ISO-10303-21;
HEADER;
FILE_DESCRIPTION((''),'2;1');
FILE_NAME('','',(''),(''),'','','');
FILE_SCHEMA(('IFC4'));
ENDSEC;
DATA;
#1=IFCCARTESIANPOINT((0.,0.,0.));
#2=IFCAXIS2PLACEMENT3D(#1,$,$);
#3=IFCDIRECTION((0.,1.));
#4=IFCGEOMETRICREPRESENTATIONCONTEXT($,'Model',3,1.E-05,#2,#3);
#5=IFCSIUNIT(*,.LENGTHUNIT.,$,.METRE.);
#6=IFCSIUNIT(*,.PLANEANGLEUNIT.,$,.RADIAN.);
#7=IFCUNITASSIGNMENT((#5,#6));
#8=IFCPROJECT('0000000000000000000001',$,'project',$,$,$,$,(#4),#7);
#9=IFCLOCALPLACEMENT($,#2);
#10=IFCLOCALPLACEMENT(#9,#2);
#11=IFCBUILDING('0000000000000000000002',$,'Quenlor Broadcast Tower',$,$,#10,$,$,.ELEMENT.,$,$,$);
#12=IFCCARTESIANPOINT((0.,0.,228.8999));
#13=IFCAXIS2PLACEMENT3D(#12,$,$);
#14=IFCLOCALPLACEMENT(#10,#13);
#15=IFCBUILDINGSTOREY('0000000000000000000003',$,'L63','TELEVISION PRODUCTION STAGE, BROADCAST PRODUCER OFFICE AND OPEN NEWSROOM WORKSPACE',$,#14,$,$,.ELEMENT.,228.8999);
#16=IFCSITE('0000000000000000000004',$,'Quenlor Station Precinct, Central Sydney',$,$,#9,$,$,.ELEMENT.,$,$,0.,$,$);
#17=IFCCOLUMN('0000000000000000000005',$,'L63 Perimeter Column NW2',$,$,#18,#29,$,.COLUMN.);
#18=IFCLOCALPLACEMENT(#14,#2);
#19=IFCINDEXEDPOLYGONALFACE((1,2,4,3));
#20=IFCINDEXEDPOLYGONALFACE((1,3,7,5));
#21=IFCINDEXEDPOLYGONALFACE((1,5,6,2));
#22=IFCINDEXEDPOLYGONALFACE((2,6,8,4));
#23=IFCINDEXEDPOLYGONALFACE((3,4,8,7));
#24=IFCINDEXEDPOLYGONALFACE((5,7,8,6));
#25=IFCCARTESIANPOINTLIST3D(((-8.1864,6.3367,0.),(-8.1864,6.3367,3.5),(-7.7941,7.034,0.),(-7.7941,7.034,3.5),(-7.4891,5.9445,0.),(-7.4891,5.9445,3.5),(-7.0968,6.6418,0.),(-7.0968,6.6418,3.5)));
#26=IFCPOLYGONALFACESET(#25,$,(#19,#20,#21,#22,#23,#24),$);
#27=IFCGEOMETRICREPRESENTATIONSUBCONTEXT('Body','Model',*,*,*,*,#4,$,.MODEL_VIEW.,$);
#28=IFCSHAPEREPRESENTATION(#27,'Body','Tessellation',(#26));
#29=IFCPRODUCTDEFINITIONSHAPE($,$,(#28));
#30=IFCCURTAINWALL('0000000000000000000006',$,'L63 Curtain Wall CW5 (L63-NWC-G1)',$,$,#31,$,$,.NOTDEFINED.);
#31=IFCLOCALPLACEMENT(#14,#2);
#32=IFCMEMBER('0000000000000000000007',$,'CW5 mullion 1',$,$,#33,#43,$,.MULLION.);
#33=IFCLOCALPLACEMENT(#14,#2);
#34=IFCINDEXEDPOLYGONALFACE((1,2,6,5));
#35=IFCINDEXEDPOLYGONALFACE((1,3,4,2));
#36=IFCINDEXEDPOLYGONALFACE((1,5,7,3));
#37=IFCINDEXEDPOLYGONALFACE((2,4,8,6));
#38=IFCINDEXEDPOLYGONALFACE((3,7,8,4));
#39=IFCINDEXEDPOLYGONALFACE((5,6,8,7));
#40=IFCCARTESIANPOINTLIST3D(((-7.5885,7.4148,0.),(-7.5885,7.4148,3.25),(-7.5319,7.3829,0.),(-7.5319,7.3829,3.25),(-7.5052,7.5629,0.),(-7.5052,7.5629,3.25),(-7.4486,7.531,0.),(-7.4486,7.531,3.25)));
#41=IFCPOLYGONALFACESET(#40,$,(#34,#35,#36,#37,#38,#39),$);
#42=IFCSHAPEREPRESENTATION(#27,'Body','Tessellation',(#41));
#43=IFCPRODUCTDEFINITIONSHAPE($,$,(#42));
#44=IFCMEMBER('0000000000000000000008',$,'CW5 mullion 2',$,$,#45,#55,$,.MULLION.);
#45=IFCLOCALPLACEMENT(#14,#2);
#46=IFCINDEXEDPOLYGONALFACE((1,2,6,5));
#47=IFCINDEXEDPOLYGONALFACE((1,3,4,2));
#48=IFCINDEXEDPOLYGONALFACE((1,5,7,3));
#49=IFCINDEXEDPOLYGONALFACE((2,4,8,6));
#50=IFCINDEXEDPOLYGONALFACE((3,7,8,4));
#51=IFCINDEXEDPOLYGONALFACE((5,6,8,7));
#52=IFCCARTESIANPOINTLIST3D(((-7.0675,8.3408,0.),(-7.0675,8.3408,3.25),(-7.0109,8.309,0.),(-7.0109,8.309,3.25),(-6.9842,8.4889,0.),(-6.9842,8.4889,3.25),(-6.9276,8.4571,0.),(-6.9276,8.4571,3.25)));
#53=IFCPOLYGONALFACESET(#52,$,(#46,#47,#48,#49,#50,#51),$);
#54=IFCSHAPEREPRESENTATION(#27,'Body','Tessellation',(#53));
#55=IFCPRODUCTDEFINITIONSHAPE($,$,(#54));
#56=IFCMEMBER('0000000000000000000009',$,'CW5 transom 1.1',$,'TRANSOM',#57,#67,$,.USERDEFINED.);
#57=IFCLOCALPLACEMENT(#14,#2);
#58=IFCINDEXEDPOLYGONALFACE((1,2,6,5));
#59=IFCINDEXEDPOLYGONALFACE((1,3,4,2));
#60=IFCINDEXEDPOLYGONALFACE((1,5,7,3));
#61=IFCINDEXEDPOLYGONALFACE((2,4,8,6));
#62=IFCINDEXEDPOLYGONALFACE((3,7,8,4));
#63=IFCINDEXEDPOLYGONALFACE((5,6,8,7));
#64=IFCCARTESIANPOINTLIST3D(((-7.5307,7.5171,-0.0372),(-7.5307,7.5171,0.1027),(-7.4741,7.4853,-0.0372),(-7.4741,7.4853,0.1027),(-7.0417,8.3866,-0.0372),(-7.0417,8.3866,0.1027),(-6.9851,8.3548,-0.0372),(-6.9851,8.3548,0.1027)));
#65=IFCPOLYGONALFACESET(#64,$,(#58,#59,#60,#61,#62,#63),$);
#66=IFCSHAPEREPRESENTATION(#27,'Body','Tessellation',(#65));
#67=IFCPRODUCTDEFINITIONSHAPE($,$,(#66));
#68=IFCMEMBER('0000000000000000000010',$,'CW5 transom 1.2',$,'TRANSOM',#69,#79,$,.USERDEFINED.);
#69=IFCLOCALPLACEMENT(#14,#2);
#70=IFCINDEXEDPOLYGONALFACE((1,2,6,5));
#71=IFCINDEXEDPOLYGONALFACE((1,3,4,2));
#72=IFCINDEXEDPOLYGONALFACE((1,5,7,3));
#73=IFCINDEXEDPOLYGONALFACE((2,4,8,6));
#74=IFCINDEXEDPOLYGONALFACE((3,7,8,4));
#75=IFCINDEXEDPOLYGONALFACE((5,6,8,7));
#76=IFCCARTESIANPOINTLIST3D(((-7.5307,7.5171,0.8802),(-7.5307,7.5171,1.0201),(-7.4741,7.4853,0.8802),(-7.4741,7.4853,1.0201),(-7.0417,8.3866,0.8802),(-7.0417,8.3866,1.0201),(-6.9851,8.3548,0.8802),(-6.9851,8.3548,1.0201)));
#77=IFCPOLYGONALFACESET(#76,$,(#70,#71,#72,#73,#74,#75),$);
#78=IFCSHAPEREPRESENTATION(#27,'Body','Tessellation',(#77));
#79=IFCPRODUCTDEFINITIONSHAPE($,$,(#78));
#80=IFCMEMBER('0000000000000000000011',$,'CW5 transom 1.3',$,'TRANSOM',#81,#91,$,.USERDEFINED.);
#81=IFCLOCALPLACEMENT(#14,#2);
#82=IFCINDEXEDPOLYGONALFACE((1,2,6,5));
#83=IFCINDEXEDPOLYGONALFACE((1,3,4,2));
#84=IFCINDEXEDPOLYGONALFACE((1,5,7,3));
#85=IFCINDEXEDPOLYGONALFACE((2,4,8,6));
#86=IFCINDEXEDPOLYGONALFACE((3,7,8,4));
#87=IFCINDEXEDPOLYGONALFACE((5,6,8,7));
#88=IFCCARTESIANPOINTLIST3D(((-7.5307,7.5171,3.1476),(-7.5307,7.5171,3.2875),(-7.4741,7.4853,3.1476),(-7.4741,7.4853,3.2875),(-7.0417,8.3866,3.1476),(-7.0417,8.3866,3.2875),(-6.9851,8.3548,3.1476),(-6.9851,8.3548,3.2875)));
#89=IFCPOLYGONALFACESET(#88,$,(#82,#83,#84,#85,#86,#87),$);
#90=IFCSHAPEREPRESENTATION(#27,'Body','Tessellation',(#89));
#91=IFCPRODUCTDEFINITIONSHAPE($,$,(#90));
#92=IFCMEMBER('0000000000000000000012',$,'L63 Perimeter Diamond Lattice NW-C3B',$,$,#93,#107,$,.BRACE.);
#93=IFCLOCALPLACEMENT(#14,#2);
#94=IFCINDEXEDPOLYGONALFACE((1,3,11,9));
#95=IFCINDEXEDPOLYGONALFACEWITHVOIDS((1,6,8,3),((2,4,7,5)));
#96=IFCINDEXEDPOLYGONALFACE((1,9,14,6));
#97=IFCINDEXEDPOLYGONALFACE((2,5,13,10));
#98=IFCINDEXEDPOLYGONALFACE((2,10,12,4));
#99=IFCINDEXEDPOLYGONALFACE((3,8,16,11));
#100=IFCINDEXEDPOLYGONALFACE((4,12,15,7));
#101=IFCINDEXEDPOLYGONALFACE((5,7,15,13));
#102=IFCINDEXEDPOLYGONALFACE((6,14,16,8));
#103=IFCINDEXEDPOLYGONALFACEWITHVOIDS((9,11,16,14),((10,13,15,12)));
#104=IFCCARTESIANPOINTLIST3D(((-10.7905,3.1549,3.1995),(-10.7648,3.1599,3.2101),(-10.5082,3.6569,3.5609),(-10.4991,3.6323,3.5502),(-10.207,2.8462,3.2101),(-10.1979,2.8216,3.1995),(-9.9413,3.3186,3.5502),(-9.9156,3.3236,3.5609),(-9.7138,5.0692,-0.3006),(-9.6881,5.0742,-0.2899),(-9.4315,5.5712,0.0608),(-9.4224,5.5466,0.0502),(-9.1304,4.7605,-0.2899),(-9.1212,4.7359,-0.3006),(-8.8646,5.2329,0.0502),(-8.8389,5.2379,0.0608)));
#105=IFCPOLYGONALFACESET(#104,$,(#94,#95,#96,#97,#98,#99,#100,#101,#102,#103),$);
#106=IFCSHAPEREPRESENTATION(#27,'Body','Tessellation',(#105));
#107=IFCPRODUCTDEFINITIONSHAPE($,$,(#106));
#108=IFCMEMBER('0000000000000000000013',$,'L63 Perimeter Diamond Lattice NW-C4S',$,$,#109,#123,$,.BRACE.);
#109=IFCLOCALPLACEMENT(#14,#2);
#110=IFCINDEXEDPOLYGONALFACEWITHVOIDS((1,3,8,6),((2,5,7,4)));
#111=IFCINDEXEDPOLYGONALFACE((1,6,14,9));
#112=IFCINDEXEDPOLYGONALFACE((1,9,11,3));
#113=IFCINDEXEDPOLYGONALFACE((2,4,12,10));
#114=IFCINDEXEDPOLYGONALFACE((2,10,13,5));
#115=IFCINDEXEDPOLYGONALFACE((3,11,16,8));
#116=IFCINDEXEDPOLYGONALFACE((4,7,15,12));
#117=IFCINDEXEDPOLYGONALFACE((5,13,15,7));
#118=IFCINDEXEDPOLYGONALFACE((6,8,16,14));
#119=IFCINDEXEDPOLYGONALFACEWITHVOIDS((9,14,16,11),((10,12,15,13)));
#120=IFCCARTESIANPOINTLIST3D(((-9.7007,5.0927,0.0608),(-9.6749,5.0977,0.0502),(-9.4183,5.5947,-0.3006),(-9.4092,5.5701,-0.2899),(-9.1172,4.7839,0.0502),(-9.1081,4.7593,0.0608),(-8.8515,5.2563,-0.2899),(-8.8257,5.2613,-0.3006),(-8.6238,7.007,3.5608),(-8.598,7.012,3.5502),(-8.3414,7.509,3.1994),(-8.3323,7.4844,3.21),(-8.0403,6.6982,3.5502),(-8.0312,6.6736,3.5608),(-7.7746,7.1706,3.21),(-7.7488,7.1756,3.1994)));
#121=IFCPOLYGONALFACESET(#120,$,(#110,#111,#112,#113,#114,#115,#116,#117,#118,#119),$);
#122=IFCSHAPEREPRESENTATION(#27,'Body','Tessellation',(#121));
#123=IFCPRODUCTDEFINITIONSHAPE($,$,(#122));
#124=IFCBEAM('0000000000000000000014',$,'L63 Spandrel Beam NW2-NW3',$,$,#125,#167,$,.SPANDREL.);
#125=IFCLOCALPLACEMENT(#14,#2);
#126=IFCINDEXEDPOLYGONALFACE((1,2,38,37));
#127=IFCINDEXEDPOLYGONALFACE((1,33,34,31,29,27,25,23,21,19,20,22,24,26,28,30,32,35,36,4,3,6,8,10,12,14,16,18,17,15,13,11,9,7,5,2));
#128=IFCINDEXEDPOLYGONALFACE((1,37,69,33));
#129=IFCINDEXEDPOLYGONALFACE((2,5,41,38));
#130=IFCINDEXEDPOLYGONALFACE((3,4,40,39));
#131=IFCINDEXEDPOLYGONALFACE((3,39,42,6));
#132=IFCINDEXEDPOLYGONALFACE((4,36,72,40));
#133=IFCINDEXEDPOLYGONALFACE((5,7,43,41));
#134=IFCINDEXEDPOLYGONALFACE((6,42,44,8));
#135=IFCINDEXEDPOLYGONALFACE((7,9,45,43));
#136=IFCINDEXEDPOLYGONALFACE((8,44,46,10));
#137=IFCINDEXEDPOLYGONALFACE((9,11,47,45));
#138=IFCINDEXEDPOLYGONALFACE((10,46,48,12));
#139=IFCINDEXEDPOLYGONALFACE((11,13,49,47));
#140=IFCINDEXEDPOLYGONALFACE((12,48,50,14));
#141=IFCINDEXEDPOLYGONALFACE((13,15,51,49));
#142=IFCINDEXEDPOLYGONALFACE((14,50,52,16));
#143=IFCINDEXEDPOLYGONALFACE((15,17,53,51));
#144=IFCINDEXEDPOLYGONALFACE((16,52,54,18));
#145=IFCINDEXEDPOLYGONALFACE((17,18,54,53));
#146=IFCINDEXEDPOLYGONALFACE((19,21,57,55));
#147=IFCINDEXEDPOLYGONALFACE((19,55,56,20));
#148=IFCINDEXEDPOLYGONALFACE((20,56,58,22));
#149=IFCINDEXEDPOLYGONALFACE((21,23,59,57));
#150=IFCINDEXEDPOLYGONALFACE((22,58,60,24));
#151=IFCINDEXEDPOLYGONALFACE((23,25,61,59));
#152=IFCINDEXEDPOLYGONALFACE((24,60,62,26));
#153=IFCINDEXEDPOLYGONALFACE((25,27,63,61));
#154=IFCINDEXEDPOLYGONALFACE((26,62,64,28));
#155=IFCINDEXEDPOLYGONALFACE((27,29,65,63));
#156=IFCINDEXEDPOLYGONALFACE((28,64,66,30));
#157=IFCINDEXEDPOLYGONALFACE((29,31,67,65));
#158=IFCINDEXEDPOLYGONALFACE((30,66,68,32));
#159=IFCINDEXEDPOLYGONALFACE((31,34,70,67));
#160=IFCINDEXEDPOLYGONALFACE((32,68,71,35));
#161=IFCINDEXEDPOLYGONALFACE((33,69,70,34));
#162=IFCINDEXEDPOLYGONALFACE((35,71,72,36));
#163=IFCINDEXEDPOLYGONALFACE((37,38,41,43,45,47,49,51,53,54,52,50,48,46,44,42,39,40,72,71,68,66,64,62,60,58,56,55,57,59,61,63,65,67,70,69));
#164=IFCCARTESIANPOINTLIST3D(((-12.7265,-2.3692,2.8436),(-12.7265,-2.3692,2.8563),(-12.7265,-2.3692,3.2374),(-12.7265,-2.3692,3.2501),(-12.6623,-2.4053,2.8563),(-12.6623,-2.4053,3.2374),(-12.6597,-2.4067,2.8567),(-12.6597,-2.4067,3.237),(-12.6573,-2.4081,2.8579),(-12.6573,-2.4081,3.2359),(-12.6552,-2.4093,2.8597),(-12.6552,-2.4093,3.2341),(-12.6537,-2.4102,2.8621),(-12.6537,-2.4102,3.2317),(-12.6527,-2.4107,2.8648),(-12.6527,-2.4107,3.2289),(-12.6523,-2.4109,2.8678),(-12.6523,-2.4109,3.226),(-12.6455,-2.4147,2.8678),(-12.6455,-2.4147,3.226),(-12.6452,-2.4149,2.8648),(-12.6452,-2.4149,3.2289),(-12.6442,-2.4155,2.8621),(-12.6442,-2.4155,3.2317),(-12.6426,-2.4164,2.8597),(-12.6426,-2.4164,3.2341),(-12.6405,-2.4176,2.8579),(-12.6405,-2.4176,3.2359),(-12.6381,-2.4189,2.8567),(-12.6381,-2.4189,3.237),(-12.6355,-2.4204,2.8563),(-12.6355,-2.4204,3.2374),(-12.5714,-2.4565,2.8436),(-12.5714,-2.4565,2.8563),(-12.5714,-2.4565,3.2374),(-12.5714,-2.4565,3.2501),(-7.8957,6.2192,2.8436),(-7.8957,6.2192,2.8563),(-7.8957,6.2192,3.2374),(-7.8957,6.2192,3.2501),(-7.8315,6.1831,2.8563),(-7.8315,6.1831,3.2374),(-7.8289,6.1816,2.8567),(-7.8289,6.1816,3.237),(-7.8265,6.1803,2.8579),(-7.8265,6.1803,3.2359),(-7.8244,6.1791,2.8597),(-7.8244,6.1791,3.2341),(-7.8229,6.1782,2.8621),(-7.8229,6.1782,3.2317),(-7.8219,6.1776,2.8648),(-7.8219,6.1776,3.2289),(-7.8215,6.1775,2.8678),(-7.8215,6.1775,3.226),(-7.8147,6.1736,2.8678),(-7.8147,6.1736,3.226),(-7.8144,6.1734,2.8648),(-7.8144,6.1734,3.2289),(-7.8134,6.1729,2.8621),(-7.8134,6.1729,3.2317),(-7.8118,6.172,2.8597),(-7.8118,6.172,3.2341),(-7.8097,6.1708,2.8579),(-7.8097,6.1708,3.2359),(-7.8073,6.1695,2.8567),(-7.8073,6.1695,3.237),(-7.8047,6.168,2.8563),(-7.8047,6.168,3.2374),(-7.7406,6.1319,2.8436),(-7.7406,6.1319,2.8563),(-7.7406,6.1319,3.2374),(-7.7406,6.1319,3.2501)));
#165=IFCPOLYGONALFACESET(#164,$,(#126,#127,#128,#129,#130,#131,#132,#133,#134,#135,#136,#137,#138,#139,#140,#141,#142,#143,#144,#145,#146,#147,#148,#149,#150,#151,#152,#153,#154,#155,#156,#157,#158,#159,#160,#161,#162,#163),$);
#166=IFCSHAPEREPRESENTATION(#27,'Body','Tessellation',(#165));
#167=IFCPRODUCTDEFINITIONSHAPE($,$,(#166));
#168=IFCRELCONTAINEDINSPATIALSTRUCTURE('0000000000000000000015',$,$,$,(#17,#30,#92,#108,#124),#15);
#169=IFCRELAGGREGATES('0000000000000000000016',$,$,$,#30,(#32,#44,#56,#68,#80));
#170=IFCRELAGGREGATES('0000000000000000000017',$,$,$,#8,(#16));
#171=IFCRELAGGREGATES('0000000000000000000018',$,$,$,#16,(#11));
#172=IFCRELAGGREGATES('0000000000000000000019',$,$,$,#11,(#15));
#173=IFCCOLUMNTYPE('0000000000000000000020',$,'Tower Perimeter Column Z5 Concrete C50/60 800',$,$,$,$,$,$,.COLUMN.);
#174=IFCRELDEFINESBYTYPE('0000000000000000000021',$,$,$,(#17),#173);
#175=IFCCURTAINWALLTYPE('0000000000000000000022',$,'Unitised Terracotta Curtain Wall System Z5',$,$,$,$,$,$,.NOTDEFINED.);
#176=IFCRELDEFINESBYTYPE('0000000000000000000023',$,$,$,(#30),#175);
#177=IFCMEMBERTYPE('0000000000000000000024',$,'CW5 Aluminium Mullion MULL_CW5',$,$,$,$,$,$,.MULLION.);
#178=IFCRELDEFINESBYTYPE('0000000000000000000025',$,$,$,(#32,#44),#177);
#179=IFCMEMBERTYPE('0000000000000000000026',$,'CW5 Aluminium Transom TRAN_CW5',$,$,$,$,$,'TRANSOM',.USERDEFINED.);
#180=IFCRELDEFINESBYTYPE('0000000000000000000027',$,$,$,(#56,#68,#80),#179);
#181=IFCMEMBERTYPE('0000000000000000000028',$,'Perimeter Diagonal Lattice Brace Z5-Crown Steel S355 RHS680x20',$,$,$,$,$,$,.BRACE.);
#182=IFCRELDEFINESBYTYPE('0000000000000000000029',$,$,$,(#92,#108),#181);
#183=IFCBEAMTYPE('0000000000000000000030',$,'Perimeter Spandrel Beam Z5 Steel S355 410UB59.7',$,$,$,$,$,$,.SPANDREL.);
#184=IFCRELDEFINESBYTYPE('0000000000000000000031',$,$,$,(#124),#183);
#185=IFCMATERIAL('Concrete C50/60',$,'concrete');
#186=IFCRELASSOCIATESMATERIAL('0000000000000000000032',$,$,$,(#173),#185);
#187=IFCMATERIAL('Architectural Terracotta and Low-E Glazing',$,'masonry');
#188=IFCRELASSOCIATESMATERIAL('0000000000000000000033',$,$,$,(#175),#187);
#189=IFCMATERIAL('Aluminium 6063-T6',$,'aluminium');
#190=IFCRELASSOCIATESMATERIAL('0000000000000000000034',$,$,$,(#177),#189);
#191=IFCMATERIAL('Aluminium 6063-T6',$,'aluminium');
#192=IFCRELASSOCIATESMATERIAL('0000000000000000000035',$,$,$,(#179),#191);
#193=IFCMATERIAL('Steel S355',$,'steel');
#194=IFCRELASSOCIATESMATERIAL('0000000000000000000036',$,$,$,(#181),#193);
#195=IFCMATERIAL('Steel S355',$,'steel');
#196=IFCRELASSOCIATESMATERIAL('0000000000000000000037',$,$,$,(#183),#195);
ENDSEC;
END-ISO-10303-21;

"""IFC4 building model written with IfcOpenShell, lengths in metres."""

from ifc_helpers import new_model, si_unit, direction, frame, origin, origin_2d, place, context, subcontext, project, spatial, rectangle, hollow_rectangle, i_section, extrude, material, material_profile, profile_set, type_object, element, aggregate, save


model = new_model("IFC4")

# Units and contexts
model_context = context("Model", 3, precision=1e-05, world=origin(), true_north=direction((0.0, 1.0)))
body_context = subcontext(model_context, "Body", "Model", "MODEL_VIEW")
ifc_project = project(units=[si_unit("LENGTHUNIT", "METRE"), si_unit("PLANEANGLEUNIT", "RADIAN")], contexts=[model_context])

# Site, building, storey
site_placement = place(None, origin())
site = spatial("IfcSite", under=ifc_project, at=site_placement, Name="Quenlor Station Precinct, Central Sydney", CompositionType="ELEMENT", RefElevation=0.0)
building_placement = place(site_placement, origin())
building = spatial("IfcBuilding", under=site, at=building_placement, Name="Quenlor Broadcast Tower", CompositionType="ELEMENT")
storey_placement = place(building_placement, frame((0.0, 0.0, 228.8999)))
storey = spatial("IfcBuildingStorey", under=building, at=storey_placement, Name="L63", Description="TELEVISION PRODUCTION STAGE, BROADCAST PRODUCER OFFICE AND OPEN NEWSROOM WORKSPACE", CompositionType="ELEMENT", Elevation=228.8999)

# Column
ifc_material_1 = material(Name="Concrete C50/60", Category="concrete")
ifc_material_profile_1 = material_profile(ifc_material_1, rectangle(XDim=0.8, YDim=0.8, at=origin_2d()))
ifc_profile_set_1 = profile_set([ifc_material_profile_1], Name="Concrete C50/60 RC800x800")
column_type = type_object("IfcColumnType", Name="Tower Perimeter Column Z5 Concrete C50/60 800", PredefinedType="COLUMN", material=ifc_profile_set_1)
column_placement = place(storey_placement, frame((-7.6416, 6.4893, 0.0), z_axis=(0.0, 0.0, 1.0), x_axis=(-0.871575, 0.490262, 0.0)))
element("IfcColumn", 1, at=column_placement, inside=storey, type_object=column_type, Name="L63 Perimeter Column NW2", PredefinedType="COLUMN", context=body_context, shape_type="SweptSolid", body=[
    extrude(rectangle(XDim=0.8, YDim=0.8, at=origin_2d()), origin(), (0.0, 0.0, 1.0), 3.5),
])

# Curtain wall, members
ifc_material_2 = material(Name="Architectural Terracotta and Low-E Glazing", Category="masonry")
curtain_wall_type = type_object("IfcCurtainWallType", Name="Unitised Terracotta Curtain Wall System Z5", PredefinedType="NOTDEFINED", material=ifc_material_2)
curtain_wall_placement = place(storey_placement, origin())
curtain_wall = element("IfcCurtainWall", 2, at=curtain_wall_placement, inside=storey, type_object=curtain_wall_type, Name="L63 Curtain Wall CW5 (L63-NWC-G1)", PredefinedType="NOTDEFINED")
ifc_material_3 = material(Name="Aluminium 6063-T6", Category="aluminium")
ifc_material_profile_2 = material_profile(ifc_material_3, rectangle(XDim=0.0649, YDim=0.1699, at=origin_2d()))
ifc_profile_set_2 = profile_set([ifc_material_profile_2], Name="Aluminium 6063-T6 MULL65x170")
member_type_1 = type_object("IfcMemberType", Name="CW5 Aluminium Mullion MULL_CW5", PredefinedType="MULLION", material=ifc_profile_set_2)
member_1_placement = place(storey_placement, frame((-7.5186, 7.4729, 0.0), z_axis=(0.0, 0.0, 1.0), x_axis=(-0.871564, 0.490282, 0.0)))
member_1 = element("IfcMember", 3, at=member_1_placement, type_object=member_type_1, Name="CW5 mullion 1", PredefinedType="MULLION", context=body_context, shape_type="SweptSolid", body=[
    extrude(rectangle(XDim=0.0649, YDim=0.1699, at=origin_2d()), origin(), (0.0, 0.0, 1.0), 3.25),
])
member_2_placement = place(storey_placement, frame((-6.9976, 8.3989, 0.0), z_axis=(0.0, 0.0, 1.0), x_axis=(-0.871564, 0.490282, 0.0)))
member_2 = element("IfcMember", 4, at=member_2_placement, type_object=member_type_1, Name="CW5 mullion 2", PredefinedType="MULLION", context=body_context, shape_type="SweptSolid", body=[
    extrude(rectangle(XDim=0.0649, YDim=0.1699, at=origin_2d()), origin(), (0.0, 0.0, 1.0), 3.25),
])
ifc_material_4 = material(Name="Aluminium 6063-T6", Category="aluminium")
ifc_material_profile_3 = material_profile(ifc_material_4, rectangle(XDim=0.0649, YDim=0.1399, at=origin_2d()))
ifc_profile_set_3 = profile_set([ifc_material_profile_3], Name="Aluminium 6063-T6 TRAN65x140")
member_type_2 = type_object("IfcMemberType", Name="CW5 Aluminium Transom TRAN_CW5", ElementType="TRANSOM", PredefinedType="USERDEFINED", material=ifc_profile_set_3)
member_3_placement = place(storey_placement, frame((-7.5024, 7.5012, 0.0327), z_axis=(0.49025, 0.871582, 0.0), x_axis=(-0.871582, 0.49025, 0.0)))
member_3 = element("IfcMember", 5, at=member_3_placement, type_object=member_type_2, Name="CW5 transom 1.1", ObjectType="TRANSOM", PredefinedType="USERDEFINED", context=body_context, shape_type="SweptSolid", body=[
    extrude(rectangle(XDim=0.0649, YDim=0.1399, at=origin_2d()), origin(), (0.0, 0.0, 1.0), 0.9976),
])
member_4_placement = place(storey_placement, frame((-7.5024, 7.5012, 0.9502), z_axis=(0.49025, 0.871582, 0.0), x_axis=(-0.871582, 0.49025, 0.0)))
member_4 = element("IfcMember", 6, at=member_4_placement, type_object=member_type_2, Name="CW5 transom 1.2", ObjectType="TRANSOM", PredefinedType="USERDEFINED", context=body_context, shape_type="SweptSolid", body=[
    extrude(rectangle(XDim=0.0649, YDim=0.1399, at=origin_2d()), origin(), (0.0, 0.0, 1.0), 0.9976),
])
member_5_placement = place(storey_placement, frame((-7.5024, 7.5012, 3.2175), z_axis=(0.49025, 0.871582, 0.0), x_axis=(-0.871582, 0.49025, 0.0)))
member_5 = element("IfcMember", 7, at=member_5_placement, type_object=member_type_2, Name="CW5 transom 1.3", ObjectType="TRANSOM", PredefinedType="USERDEFINED", context=body_context, shape_type="SweptSolid", body=[
    extrude(rectangle(XDim=0.0649, YDim=0.1399, at=origin_2d()), origin(), (0.0, 0.0, 1.0), 0.9976),
])

# Members
ifc_material_5 = material(Name="Steel S355", Category="steel")
ifc_material_profile_4 = material_profile(ifc_material_5, hollow_rectangle(XDim=0.6799, YDim=0.6799, WallThickness=0.02, at=origin_2d()))
ifc_profile_set_4 = profile_set([ifc_material_profile_4], Name="Steel S355 RHS680x680x20")
member_type_3 = type_object("IfcMemberType", Name="Perimeter Diagonal Lattice Brace Z5-Crown Steel S355 RHS680x20", PredefinedType="BRACE", material=ifc_profile_set_4)
for number, where, z_axis, x_axis, name in (
    (8, (-9.2764, 5.1536, -0.1199), (-0.260564, -0.463283, 0.847039), (0.871602, -0.490214, 0.0), "L63 Perimeter Diamond Lattice NW-C3B"),
    (9, (-9.2632, 5.177, -0.1199), (0.260619, 0.463276, 0.847026), (-0.871555, 0.490298, 0.0), "L63 Perimeter Diamond Lattice NW-C4S"),
):
    element("IfcMember", number, at=place(storey_placement, frame(where, z_axis=z_axis, x_axis=x_axis)), inside=storey, type_object=member_type_3, Name=name, PredefinedType="BRACE", context=body_context, shape_type="SweptSolid", body=[
        extrude(hollow_rectangle(XDim=0.6799, YDim=0.6799, WallThickness=0.02, at=origin_2d()), origin(), (0.0, 0.0, 1.0), 4.1321),
    ])

# Beam
ifc_material_6 = material(Name="Steel S355", Category="steel")
ifc_material_profile_5 = material_profile(ifc_material_6, i_section(OverallWidth=0.178, OverallDepth=0.4065, WebThickness=0.0078, FlangeThickness=0.0127, FilletRadius=0.0115, at=origin_2d()))
ifc_profile_set_5 = profile_set([ifc_material_profile_5], Name="Steel S355 410UB59.7")
beam_type_1 = type_object("IfcBeamType", Name="Perimeter Spandrel Beam Z5 Steel S355 410UB59.7", PredefinedType="SPANDREL", material=ifc_profile_set_5)
beam_1_placement = place(storey_placement, frame((-7.8181, 6.1755, 3.0469), z_axis=(-0.490249, -0.871582, 0.0), x_axis=(0.871582, -0.490249, 0.0)))
element("IfcBeam", 10, at=beam_1_placement, inside=storey, type_object=beam_type_1, Name="L63 Spandrel Beam NW2-NW3", PredefinedType="SPANDREL", context=body_context, shape_type="SweptSolid", body=[
    extrude(i_section(OverallWidth=0.178, OverallDepth=0.4065, WebThickness=0.0078, FlangeThickness=0.0127, FilletRadius=0.0115, at=origin_2d()), origin(), (0.0, 0.0, 1.0), 9.8538),
])

aggregate(curtain_wall, [member_1, member_2, member_3, member_4, member_5])

save(model, "model.ifc")
